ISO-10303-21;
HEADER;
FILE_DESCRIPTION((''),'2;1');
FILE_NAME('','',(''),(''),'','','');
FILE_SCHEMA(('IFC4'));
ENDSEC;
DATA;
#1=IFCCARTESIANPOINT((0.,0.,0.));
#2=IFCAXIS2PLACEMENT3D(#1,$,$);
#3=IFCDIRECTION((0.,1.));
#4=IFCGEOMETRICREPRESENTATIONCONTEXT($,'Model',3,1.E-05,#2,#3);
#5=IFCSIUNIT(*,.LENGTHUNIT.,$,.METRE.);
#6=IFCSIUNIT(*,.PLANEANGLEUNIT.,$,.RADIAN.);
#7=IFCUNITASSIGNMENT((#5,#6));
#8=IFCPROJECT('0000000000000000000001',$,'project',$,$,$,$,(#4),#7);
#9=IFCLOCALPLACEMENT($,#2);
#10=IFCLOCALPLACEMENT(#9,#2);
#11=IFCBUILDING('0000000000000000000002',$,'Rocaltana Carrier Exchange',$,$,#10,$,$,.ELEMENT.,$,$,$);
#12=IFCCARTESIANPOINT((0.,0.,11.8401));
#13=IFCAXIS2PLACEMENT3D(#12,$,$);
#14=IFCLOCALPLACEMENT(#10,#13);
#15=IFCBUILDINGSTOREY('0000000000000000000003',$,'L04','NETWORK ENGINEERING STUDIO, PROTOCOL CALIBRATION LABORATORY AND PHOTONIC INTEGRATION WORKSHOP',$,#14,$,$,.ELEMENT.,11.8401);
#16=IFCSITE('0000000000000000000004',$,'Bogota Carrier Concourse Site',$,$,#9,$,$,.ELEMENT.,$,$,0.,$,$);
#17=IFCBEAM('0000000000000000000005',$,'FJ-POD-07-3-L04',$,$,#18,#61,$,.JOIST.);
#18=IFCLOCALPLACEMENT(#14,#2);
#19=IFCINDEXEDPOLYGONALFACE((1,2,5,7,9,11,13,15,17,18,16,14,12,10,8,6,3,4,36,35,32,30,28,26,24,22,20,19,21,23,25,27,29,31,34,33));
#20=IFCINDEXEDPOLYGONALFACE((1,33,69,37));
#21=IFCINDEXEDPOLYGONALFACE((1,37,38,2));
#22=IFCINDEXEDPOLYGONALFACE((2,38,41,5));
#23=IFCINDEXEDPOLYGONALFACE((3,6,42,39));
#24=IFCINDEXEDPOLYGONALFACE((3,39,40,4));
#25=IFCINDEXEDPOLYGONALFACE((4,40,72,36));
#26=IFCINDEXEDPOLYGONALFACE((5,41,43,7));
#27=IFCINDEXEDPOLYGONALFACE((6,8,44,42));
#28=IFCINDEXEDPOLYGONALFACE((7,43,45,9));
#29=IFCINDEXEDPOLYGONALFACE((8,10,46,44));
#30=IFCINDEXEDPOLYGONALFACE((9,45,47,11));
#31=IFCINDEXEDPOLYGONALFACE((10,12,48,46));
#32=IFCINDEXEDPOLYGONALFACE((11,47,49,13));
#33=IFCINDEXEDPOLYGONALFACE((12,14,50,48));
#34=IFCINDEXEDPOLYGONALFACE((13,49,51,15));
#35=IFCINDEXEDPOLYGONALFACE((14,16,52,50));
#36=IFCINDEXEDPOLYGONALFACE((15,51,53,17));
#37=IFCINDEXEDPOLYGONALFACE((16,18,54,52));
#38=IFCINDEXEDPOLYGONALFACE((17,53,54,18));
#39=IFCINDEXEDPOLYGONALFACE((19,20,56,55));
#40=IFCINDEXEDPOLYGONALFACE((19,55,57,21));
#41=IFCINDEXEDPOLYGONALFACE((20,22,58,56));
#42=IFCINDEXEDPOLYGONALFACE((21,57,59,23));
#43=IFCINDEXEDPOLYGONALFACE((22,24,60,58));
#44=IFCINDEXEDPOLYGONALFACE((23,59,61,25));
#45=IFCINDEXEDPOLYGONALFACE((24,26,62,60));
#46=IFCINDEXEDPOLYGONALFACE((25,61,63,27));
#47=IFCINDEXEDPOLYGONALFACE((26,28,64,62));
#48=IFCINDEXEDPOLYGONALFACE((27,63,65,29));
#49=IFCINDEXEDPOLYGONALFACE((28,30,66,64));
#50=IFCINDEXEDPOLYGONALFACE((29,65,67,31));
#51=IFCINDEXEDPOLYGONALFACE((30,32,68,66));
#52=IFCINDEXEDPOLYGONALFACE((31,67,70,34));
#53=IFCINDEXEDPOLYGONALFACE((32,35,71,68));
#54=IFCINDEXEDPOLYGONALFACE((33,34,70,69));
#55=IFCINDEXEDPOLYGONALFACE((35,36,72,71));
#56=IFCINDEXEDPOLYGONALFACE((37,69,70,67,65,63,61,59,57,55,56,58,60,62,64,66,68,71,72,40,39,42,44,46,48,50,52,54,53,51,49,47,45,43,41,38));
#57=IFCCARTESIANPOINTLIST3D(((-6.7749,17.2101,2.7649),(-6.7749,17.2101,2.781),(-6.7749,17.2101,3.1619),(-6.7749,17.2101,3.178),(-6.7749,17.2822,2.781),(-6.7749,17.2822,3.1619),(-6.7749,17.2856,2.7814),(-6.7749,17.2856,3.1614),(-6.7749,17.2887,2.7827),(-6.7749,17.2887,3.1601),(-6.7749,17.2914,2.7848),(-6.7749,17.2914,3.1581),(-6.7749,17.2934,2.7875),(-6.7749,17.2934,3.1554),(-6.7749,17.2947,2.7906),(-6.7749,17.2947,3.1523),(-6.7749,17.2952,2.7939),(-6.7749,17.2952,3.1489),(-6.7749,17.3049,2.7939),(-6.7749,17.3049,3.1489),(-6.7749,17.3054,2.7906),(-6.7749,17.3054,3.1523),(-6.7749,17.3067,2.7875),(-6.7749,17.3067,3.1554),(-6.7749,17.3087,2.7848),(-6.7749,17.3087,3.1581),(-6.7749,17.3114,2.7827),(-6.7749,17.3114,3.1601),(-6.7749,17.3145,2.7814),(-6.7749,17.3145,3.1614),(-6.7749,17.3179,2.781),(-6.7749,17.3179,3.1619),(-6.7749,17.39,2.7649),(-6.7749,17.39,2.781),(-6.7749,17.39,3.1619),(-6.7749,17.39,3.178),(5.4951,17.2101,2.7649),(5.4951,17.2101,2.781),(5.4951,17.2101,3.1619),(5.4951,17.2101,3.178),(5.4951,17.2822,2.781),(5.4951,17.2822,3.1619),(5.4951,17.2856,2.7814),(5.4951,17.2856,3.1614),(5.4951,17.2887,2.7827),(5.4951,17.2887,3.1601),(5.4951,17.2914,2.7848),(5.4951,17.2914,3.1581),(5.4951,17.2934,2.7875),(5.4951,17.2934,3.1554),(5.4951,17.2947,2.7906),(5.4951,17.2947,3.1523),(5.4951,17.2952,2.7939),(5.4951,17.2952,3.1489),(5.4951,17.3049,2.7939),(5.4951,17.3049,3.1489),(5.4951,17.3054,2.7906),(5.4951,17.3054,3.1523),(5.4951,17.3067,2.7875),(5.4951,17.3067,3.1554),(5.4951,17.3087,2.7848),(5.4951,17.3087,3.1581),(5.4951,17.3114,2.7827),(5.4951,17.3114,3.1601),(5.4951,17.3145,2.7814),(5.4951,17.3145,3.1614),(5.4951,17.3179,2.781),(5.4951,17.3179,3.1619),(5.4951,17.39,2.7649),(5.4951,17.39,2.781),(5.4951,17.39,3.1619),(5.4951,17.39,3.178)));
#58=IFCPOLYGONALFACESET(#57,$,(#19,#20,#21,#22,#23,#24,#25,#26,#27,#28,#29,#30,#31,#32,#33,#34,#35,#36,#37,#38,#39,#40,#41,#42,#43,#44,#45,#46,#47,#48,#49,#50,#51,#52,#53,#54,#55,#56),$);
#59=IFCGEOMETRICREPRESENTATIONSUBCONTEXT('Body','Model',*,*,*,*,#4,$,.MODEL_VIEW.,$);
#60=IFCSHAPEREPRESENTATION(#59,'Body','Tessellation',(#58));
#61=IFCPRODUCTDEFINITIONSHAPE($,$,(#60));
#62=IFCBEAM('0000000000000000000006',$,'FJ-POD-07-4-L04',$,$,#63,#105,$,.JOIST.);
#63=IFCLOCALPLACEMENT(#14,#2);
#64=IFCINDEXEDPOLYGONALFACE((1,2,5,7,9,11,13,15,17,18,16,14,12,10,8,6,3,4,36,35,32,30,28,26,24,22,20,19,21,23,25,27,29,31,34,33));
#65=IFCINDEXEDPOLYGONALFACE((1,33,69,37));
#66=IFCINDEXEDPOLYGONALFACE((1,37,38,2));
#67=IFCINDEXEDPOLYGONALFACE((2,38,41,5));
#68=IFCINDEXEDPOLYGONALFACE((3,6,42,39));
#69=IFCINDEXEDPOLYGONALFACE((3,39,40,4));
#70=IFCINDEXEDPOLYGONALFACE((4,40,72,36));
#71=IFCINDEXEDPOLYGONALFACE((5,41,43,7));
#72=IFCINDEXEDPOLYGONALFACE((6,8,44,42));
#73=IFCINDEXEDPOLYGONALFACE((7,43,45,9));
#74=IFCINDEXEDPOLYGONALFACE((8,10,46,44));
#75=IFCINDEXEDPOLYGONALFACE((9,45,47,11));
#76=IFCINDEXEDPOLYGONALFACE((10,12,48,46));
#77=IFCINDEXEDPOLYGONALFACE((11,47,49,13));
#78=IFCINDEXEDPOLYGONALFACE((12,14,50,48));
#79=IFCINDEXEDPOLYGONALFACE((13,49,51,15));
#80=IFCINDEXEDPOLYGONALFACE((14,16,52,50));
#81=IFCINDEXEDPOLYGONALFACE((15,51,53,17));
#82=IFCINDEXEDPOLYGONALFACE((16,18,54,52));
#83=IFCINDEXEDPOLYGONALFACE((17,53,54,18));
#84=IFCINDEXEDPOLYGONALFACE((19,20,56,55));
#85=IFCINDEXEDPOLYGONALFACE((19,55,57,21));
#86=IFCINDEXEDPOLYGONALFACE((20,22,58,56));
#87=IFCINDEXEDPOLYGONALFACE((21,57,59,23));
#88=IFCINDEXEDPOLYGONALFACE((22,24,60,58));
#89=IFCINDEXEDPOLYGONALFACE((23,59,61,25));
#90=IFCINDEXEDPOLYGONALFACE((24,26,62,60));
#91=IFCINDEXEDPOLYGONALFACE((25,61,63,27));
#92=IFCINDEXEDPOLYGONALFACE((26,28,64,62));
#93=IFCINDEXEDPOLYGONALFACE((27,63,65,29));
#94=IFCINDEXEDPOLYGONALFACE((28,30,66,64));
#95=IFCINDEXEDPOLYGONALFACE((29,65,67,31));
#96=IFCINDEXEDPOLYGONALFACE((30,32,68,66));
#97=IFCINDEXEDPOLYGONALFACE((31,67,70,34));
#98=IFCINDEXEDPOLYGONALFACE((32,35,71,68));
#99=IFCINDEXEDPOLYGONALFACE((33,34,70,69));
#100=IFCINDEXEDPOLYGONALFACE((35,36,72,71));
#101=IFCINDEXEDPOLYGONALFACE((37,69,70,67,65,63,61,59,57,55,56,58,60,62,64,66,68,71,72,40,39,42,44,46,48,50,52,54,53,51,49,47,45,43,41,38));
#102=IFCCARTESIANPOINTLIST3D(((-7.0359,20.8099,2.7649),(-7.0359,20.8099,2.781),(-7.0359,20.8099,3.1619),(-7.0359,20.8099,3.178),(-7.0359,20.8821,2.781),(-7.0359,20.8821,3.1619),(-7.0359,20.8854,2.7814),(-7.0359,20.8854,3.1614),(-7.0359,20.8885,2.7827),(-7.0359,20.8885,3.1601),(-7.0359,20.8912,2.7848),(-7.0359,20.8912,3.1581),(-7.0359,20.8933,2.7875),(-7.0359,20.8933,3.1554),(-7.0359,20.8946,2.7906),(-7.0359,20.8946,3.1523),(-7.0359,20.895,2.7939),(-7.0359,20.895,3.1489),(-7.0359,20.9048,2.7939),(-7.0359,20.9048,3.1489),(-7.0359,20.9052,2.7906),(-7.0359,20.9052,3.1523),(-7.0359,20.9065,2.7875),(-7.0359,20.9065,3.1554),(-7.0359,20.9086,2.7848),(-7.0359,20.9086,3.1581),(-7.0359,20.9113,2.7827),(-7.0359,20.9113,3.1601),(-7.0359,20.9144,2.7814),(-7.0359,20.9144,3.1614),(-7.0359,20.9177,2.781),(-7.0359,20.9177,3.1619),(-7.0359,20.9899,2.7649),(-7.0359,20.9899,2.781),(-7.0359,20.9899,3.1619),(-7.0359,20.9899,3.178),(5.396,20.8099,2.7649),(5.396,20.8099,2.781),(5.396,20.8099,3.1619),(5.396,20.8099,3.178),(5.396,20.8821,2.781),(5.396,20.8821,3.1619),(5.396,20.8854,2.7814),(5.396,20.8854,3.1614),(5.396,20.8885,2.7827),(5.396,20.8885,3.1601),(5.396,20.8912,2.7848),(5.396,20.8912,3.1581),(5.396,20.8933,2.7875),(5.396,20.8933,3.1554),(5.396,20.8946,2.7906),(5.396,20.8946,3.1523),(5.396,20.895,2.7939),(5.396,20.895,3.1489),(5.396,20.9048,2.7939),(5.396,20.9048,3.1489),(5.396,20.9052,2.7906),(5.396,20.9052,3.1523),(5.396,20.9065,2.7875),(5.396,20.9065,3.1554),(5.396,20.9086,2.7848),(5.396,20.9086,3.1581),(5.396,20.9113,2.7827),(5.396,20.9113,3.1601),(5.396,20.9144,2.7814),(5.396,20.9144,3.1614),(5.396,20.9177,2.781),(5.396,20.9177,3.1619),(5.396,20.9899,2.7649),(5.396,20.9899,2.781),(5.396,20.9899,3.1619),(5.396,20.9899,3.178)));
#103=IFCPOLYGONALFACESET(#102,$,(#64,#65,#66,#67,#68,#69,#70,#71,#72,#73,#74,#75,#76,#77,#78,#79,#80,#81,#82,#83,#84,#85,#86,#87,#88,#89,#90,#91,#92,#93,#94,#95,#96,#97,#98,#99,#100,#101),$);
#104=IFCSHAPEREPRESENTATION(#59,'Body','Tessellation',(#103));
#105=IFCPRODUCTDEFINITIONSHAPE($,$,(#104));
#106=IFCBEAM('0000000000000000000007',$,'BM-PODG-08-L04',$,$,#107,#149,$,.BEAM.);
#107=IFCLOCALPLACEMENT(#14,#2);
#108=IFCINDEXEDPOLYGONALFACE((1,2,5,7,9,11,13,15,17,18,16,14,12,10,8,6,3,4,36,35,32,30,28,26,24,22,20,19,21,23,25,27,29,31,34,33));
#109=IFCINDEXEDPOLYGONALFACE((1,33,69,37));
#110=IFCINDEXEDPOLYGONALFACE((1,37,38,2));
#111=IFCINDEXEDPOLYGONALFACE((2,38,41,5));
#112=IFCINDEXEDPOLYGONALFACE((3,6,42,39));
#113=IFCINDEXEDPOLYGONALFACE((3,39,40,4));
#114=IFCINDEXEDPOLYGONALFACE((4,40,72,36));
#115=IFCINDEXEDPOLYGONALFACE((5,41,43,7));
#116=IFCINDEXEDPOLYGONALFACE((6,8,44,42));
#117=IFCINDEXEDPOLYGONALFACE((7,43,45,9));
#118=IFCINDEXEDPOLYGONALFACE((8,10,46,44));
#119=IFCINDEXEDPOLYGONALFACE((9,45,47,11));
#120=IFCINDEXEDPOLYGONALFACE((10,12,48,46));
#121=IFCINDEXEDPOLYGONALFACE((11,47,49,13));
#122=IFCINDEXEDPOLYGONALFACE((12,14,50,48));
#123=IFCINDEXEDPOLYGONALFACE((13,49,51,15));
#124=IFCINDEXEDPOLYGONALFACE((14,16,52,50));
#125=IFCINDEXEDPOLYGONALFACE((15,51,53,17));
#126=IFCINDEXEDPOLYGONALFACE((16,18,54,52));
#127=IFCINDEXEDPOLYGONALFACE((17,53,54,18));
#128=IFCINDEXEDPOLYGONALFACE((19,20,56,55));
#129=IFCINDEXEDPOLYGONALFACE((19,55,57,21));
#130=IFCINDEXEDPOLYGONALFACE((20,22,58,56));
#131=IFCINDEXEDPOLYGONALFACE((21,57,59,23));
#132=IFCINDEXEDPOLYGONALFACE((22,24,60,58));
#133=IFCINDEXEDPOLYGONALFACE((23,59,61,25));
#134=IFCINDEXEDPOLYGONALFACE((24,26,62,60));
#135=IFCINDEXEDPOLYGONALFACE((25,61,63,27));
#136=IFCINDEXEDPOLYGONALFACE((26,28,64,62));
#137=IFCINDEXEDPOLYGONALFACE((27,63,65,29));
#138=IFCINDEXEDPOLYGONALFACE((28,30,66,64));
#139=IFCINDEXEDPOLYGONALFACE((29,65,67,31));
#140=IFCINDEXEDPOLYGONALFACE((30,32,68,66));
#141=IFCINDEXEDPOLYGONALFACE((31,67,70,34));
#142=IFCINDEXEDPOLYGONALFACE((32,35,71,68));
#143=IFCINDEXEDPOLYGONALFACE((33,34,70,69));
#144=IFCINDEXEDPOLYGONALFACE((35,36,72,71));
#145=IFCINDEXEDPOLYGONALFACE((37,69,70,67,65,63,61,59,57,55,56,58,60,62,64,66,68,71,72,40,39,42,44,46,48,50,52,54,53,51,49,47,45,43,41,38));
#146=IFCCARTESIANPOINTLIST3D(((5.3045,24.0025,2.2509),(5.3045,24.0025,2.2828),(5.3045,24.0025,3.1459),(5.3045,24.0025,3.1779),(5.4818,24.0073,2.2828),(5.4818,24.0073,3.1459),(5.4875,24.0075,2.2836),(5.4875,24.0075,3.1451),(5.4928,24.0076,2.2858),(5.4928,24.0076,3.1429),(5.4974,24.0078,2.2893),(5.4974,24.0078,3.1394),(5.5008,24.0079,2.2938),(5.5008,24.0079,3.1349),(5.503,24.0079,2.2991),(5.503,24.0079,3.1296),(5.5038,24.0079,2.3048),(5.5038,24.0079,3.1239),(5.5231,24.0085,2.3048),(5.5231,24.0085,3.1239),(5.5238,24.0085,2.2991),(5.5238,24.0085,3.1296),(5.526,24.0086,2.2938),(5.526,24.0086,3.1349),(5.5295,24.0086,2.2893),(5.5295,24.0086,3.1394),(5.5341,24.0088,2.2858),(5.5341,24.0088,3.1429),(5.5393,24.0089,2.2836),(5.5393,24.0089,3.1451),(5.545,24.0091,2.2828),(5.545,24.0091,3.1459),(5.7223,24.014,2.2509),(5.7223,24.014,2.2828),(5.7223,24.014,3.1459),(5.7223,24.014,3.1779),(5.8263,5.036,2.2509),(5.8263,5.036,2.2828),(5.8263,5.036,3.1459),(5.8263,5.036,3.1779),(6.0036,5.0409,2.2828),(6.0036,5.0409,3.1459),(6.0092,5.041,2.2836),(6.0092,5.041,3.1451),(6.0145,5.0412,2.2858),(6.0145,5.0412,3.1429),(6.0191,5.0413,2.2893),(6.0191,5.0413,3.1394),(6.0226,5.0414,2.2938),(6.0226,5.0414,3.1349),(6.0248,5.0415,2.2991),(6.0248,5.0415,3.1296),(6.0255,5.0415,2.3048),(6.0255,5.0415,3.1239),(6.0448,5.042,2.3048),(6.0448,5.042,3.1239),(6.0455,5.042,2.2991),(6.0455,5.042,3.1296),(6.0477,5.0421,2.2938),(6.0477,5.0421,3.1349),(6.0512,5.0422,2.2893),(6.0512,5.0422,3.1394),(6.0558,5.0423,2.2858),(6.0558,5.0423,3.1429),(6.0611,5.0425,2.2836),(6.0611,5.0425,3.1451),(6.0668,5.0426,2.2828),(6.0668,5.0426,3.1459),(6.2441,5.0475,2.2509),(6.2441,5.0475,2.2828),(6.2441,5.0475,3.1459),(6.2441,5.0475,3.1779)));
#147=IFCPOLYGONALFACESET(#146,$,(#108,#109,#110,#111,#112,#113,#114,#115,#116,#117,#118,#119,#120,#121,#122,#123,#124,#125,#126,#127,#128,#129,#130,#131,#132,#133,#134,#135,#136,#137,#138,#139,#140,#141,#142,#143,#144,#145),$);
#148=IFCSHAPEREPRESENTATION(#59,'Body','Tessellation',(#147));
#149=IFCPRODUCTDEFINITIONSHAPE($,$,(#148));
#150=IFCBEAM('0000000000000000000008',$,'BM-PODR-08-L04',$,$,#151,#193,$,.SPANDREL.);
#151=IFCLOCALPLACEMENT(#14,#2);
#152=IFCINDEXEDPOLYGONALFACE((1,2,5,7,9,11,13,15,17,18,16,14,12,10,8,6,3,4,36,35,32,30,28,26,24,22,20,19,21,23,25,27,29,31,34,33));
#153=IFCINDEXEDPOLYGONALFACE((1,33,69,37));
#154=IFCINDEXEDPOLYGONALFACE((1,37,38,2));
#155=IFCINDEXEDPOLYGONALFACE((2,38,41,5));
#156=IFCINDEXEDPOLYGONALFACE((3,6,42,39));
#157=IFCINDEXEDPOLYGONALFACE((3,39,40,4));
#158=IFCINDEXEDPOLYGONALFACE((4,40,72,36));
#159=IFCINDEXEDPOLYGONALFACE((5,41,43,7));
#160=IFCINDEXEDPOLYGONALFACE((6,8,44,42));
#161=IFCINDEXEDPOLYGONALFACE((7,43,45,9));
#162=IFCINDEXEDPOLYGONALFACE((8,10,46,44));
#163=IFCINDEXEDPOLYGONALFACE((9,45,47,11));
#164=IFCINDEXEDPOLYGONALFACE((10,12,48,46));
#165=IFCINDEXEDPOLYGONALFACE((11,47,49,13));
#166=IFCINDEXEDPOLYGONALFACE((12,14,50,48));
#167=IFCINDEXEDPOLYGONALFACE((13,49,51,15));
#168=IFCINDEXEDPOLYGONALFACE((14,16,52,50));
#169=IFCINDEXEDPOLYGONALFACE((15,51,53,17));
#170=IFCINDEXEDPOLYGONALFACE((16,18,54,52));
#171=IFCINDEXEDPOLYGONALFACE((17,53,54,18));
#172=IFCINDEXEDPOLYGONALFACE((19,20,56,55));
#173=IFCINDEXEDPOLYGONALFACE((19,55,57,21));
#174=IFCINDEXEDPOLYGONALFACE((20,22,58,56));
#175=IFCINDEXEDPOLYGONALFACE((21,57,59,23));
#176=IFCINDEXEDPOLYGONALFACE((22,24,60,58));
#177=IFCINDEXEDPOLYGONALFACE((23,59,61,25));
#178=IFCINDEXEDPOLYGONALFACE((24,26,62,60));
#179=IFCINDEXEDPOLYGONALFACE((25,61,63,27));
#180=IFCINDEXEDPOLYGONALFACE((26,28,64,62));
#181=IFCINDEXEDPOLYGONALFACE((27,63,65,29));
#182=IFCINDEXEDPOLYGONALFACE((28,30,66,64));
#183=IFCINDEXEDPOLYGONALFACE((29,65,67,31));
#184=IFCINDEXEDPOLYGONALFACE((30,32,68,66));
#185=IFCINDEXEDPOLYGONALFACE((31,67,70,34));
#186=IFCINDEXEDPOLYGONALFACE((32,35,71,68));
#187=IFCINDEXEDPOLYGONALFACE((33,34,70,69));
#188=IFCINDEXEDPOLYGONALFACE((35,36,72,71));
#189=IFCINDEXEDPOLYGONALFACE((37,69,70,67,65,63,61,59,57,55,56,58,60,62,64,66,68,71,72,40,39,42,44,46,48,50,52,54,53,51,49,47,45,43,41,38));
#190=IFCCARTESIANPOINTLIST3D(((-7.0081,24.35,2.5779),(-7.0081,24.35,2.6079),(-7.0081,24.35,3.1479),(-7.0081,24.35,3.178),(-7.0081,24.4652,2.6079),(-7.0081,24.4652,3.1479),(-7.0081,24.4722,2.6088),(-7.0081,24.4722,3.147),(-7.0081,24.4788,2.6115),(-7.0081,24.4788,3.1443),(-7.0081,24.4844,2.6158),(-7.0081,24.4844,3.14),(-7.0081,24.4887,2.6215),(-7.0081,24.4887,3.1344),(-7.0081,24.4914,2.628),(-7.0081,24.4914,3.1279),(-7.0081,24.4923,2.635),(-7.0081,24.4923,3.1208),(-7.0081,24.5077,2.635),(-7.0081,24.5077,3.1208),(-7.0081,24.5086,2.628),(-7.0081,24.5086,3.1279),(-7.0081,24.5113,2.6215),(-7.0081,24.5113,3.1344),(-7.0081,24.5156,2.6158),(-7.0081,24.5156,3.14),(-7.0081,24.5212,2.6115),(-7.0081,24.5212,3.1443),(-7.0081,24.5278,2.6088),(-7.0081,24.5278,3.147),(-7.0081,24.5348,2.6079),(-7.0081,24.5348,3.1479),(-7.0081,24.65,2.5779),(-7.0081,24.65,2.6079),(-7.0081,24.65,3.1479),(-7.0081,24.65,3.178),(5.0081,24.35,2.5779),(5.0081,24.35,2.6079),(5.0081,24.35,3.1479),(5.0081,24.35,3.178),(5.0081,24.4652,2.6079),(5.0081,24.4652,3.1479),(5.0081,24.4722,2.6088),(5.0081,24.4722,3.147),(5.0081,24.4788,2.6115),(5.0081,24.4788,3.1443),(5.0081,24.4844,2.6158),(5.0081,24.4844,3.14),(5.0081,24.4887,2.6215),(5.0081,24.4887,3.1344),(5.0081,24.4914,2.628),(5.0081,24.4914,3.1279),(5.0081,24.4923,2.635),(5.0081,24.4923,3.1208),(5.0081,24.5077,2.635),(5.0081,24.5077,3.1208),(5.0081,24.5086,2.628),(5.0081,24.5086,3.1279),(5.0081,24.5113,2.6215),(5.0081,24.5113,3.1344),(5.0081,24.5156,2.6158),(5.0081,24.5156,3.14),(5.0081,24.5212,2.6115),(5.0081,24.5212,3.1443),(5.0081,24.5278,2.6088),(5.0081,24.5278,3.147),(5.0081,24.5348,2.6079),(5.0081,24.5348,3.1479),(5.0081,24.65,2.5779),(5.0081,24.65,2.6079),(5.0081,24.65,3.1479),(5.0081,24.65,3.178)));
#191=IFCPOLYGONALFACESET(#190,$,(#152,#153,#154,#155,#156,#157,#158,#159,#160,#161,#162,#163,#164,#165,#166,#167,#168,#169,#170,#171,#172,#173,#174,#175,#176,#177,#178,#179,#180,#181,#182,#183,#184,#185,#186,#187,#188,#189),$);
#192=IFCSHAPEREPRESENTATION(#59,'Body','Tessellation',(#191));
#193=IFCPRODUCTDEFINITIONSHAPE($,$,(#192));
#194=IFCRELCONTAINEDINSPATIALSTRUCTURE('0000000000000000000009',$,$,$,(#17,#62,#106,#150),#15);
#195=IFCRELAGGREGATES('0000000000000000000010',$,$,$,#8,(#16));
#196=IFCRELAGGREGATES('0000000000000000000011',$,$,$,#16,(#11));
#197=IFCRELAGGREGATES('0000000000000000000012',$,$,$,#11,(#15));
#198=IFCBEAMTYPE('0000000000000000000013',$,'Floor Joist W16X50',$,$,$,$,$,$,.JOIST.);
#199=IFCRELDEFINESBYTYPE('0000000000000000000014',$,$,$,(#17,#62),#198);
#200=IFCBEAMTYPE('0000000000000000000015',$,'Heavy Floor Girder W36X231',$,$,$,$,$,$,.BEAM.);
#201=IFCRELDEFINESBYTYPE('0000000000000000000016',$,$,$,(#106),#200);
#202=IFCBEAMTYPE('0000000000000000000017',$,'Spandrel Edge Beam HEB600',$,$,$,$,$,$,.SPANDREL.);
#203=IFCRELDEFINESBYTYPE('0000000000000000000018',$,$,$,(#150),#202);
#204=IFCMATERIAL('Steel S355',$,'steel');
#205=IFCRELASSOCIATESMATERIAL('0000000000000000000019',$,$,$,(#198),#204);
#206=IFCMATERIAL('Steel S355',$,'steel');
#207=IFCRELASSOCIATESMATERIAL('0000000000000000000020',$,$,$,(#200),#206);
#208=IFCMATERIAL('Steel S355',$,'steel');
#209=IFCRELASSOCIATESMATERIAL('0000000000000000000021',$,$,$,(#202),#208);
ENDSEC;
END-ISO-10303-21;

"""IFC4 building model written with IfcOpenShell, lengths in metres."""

from ifc_helpers import new_model, si_unit, direction, frame, origin, origin_2d, place, context, subcontext, project, spatial, i_section, extrude, material, material_profile, profile_set, type_object, element, save


model = new_model("IFC4")

# Units and contexts
model_context = context("Model", 3, precision=1e-05, world=origin(), true_north=direction((0.0, 1.0)))
body_context = subcontext(model_context, "Body", "Model", "MODEL_VIEW")
ifc_project = project(units=[si_unit("LENGTHUNIT", "METRE"), si_unit("PLANEANGLEUNIT", "RADIAN")], contexts=[model_context])

# Site, building, storey
site_placement = place(None, origin())
site = spatial("IfcSite", under=ifc_project, at=site_placement, Name="Bogota Carrier Concourse Site", CompositionType="ELEMENT", RefElevation=0.0)
building_placement = place(site_placement, origin())
building = spatial("IfcBuilding", under=site, at=building_placement, Name="Rocaltana Carrier Exchange", CompositionType="ELEMENT")
storey_placement = place(building_placement, frame((0.0, 0.0, 11.8401)))
storey = spatial("IfcBuildingStorey", under=building, at=storey_placement, Name="L04", Description="NETWORK ENGINEERING STUDIO, PROTOCOL CALIBRATION LABORATORY AND PHOTONIC INTEGRATION WORKSHOP", CompositionType="ELEMENT", Elevation=11.8401)

# Beams
ifc_material_1 = material(Name="Steel S355", Category="steel")
ifc_material_profile_1 = material_profile(ifc_material_1, i_section(OverallWidth=0.1799, OverallDepth=0.4131, WebThickness=0.0098, FlangeThickness=0.0161, FilletRadius=0.0129, at=origin_2d()), Name="W16X50")
ifc_profile_set_1 = profile_set([ifc_material_profile_1], Name="Steel S355")
beam_type_1 = type_object("IfcBeamType", Name="Floor Joist W16X50", PredefinedType="JOIST", material=ifc_profile_set_1)
beam_1_placement = place(storey_placement, frame((5.4951, 17.3, 2.9714), z_axis=(-1.0, 0.0, 0.0), x_axis=(0.0, -1.0, 0.0)))
element("IfcBeam", 1, at=beam_1_placement, inside=storey, type_object=beam_type_1, Name="FJ-POD-07-3-L04", PredefinedType="JOIST", context=body_context, shape_type="SweptSolid", body=[
    extrude(i_section(OverallWidth=0.1799, OverallDepth=0.4131, WebThickness=0.0098, FlangeThickness=0.0161, FilletRadius=0.0129, at=origin_2d()), origin(), (0.0, 0.0, 1.0), 12.27),
])
beam_2_placement = place(storey_placement, frame((5.396, 20.8999, 2.9714), z_axis=(-1.0, 0.0, 0.0), x_axis=(0.0, -1.0, 0.0)))
element("IfcBeam", 2, at=beam_2_placement, inside=storey, type_object=beam_type_1, Name="FJ-POD-07-4-L04", PredefinedType="JOIST", context=body_context, shape_type="SweptSolid", body=[
    extrude(i_section(OverallWidth=0.1799, OverallDepth=0.4131, WebThickness=0.0098, FlangeThickness=0.0161, FilletRadius=0.0129, at=origin_2d()), origin(), (0.0, 0.0, 1.0), 12.4319),
])
ifc_material_2 = material(Name="Steel S355", Category="steel")
ifc_material_profile_2 = material_profile(ifc_material_2, i_section(OverallWidth=0.418, OverallDepth=0.927, WebThickness=0.0193, FlangeThickness=0.032, FilletRadius=0.022, at=origin_2d()), Name="W36X231")
ifc_profile_set_2 = profile_set([ifc_material_profile_2], Name="Steel S355")
beam_type_2 = type_object("IfcBeamType", Name="Heavy Floor Girder W36X231", PredefinedType="BEAM", material=ifc_profile_set_2)
beam_3_placement = place(storey_placement, frame((6.0352, 5.0417, 2.7144), z_axis=(-0.027497, 0.999622, 0.0), x_axis=(-0.999622, -0.027497, 0.0)))
element("IfcBeam", 3, at=beam_3_placement, inside=storey, type_object=beam_type_2, Name="BM-PODG-08-L04", PredefinedType="BEAM", context=body_context, shape_type="SweptSolid", body=[
    extrude(i_section(OverallWidth=0.418, OverallDepth=0.927, WebThickness=0.0193, FlangeThickness=0.032, FilletRadius=0.022, at=origin_2d()), origin(), (0.0, 0.0, 1.0), 18.9736),
])
ifc_material_3 = material(Name="Steel S355", Category="steel")
ifc_material_profile_3 = material_profile(ifc_material_3, i_section(OverallWidth=0.3, OverallDepth=0.6001, WebThickness=0.0154, FlangeThickness=0.03, FilletRadius=0.0271, at=origin_2d()), Name="HEB600")
ifc_profile_set_3 = profile_set([ifc_material_profile_3], Name="Steel S355")
beam_type_3 = type_object("IfcBeamType", Name="Spandrel Edge Beam HEB600", PredefinedType="SPANDREL", material=ifc_profile_set_3)
beam_4_placement = place(storey_placement, frame((5.0081, 24.5, 2.8779), z_axis=(-1.0, 0.0, 0.0), x_axis=(0.0, -1.0, 0.0)))
element("IfcBeam", 4, at=beam_4_placement, inside=storey, type_object=beam_type_3, Name="BM-PODR-08-L04", PredefinedType="SPANDREL", context=body_context, shape_type="SweptSolid", body=[
    extrude(i_section(OverallWidth=0.3, OverallDepth=0.6001, WebThickness=0.0154, FlangeThickness=0.03, FilletRadius=0.0271, at=origin_2d()), origin(), (0.0, 0.0, 1.0), 12.0161),
])

save(model, "model.ifc")
